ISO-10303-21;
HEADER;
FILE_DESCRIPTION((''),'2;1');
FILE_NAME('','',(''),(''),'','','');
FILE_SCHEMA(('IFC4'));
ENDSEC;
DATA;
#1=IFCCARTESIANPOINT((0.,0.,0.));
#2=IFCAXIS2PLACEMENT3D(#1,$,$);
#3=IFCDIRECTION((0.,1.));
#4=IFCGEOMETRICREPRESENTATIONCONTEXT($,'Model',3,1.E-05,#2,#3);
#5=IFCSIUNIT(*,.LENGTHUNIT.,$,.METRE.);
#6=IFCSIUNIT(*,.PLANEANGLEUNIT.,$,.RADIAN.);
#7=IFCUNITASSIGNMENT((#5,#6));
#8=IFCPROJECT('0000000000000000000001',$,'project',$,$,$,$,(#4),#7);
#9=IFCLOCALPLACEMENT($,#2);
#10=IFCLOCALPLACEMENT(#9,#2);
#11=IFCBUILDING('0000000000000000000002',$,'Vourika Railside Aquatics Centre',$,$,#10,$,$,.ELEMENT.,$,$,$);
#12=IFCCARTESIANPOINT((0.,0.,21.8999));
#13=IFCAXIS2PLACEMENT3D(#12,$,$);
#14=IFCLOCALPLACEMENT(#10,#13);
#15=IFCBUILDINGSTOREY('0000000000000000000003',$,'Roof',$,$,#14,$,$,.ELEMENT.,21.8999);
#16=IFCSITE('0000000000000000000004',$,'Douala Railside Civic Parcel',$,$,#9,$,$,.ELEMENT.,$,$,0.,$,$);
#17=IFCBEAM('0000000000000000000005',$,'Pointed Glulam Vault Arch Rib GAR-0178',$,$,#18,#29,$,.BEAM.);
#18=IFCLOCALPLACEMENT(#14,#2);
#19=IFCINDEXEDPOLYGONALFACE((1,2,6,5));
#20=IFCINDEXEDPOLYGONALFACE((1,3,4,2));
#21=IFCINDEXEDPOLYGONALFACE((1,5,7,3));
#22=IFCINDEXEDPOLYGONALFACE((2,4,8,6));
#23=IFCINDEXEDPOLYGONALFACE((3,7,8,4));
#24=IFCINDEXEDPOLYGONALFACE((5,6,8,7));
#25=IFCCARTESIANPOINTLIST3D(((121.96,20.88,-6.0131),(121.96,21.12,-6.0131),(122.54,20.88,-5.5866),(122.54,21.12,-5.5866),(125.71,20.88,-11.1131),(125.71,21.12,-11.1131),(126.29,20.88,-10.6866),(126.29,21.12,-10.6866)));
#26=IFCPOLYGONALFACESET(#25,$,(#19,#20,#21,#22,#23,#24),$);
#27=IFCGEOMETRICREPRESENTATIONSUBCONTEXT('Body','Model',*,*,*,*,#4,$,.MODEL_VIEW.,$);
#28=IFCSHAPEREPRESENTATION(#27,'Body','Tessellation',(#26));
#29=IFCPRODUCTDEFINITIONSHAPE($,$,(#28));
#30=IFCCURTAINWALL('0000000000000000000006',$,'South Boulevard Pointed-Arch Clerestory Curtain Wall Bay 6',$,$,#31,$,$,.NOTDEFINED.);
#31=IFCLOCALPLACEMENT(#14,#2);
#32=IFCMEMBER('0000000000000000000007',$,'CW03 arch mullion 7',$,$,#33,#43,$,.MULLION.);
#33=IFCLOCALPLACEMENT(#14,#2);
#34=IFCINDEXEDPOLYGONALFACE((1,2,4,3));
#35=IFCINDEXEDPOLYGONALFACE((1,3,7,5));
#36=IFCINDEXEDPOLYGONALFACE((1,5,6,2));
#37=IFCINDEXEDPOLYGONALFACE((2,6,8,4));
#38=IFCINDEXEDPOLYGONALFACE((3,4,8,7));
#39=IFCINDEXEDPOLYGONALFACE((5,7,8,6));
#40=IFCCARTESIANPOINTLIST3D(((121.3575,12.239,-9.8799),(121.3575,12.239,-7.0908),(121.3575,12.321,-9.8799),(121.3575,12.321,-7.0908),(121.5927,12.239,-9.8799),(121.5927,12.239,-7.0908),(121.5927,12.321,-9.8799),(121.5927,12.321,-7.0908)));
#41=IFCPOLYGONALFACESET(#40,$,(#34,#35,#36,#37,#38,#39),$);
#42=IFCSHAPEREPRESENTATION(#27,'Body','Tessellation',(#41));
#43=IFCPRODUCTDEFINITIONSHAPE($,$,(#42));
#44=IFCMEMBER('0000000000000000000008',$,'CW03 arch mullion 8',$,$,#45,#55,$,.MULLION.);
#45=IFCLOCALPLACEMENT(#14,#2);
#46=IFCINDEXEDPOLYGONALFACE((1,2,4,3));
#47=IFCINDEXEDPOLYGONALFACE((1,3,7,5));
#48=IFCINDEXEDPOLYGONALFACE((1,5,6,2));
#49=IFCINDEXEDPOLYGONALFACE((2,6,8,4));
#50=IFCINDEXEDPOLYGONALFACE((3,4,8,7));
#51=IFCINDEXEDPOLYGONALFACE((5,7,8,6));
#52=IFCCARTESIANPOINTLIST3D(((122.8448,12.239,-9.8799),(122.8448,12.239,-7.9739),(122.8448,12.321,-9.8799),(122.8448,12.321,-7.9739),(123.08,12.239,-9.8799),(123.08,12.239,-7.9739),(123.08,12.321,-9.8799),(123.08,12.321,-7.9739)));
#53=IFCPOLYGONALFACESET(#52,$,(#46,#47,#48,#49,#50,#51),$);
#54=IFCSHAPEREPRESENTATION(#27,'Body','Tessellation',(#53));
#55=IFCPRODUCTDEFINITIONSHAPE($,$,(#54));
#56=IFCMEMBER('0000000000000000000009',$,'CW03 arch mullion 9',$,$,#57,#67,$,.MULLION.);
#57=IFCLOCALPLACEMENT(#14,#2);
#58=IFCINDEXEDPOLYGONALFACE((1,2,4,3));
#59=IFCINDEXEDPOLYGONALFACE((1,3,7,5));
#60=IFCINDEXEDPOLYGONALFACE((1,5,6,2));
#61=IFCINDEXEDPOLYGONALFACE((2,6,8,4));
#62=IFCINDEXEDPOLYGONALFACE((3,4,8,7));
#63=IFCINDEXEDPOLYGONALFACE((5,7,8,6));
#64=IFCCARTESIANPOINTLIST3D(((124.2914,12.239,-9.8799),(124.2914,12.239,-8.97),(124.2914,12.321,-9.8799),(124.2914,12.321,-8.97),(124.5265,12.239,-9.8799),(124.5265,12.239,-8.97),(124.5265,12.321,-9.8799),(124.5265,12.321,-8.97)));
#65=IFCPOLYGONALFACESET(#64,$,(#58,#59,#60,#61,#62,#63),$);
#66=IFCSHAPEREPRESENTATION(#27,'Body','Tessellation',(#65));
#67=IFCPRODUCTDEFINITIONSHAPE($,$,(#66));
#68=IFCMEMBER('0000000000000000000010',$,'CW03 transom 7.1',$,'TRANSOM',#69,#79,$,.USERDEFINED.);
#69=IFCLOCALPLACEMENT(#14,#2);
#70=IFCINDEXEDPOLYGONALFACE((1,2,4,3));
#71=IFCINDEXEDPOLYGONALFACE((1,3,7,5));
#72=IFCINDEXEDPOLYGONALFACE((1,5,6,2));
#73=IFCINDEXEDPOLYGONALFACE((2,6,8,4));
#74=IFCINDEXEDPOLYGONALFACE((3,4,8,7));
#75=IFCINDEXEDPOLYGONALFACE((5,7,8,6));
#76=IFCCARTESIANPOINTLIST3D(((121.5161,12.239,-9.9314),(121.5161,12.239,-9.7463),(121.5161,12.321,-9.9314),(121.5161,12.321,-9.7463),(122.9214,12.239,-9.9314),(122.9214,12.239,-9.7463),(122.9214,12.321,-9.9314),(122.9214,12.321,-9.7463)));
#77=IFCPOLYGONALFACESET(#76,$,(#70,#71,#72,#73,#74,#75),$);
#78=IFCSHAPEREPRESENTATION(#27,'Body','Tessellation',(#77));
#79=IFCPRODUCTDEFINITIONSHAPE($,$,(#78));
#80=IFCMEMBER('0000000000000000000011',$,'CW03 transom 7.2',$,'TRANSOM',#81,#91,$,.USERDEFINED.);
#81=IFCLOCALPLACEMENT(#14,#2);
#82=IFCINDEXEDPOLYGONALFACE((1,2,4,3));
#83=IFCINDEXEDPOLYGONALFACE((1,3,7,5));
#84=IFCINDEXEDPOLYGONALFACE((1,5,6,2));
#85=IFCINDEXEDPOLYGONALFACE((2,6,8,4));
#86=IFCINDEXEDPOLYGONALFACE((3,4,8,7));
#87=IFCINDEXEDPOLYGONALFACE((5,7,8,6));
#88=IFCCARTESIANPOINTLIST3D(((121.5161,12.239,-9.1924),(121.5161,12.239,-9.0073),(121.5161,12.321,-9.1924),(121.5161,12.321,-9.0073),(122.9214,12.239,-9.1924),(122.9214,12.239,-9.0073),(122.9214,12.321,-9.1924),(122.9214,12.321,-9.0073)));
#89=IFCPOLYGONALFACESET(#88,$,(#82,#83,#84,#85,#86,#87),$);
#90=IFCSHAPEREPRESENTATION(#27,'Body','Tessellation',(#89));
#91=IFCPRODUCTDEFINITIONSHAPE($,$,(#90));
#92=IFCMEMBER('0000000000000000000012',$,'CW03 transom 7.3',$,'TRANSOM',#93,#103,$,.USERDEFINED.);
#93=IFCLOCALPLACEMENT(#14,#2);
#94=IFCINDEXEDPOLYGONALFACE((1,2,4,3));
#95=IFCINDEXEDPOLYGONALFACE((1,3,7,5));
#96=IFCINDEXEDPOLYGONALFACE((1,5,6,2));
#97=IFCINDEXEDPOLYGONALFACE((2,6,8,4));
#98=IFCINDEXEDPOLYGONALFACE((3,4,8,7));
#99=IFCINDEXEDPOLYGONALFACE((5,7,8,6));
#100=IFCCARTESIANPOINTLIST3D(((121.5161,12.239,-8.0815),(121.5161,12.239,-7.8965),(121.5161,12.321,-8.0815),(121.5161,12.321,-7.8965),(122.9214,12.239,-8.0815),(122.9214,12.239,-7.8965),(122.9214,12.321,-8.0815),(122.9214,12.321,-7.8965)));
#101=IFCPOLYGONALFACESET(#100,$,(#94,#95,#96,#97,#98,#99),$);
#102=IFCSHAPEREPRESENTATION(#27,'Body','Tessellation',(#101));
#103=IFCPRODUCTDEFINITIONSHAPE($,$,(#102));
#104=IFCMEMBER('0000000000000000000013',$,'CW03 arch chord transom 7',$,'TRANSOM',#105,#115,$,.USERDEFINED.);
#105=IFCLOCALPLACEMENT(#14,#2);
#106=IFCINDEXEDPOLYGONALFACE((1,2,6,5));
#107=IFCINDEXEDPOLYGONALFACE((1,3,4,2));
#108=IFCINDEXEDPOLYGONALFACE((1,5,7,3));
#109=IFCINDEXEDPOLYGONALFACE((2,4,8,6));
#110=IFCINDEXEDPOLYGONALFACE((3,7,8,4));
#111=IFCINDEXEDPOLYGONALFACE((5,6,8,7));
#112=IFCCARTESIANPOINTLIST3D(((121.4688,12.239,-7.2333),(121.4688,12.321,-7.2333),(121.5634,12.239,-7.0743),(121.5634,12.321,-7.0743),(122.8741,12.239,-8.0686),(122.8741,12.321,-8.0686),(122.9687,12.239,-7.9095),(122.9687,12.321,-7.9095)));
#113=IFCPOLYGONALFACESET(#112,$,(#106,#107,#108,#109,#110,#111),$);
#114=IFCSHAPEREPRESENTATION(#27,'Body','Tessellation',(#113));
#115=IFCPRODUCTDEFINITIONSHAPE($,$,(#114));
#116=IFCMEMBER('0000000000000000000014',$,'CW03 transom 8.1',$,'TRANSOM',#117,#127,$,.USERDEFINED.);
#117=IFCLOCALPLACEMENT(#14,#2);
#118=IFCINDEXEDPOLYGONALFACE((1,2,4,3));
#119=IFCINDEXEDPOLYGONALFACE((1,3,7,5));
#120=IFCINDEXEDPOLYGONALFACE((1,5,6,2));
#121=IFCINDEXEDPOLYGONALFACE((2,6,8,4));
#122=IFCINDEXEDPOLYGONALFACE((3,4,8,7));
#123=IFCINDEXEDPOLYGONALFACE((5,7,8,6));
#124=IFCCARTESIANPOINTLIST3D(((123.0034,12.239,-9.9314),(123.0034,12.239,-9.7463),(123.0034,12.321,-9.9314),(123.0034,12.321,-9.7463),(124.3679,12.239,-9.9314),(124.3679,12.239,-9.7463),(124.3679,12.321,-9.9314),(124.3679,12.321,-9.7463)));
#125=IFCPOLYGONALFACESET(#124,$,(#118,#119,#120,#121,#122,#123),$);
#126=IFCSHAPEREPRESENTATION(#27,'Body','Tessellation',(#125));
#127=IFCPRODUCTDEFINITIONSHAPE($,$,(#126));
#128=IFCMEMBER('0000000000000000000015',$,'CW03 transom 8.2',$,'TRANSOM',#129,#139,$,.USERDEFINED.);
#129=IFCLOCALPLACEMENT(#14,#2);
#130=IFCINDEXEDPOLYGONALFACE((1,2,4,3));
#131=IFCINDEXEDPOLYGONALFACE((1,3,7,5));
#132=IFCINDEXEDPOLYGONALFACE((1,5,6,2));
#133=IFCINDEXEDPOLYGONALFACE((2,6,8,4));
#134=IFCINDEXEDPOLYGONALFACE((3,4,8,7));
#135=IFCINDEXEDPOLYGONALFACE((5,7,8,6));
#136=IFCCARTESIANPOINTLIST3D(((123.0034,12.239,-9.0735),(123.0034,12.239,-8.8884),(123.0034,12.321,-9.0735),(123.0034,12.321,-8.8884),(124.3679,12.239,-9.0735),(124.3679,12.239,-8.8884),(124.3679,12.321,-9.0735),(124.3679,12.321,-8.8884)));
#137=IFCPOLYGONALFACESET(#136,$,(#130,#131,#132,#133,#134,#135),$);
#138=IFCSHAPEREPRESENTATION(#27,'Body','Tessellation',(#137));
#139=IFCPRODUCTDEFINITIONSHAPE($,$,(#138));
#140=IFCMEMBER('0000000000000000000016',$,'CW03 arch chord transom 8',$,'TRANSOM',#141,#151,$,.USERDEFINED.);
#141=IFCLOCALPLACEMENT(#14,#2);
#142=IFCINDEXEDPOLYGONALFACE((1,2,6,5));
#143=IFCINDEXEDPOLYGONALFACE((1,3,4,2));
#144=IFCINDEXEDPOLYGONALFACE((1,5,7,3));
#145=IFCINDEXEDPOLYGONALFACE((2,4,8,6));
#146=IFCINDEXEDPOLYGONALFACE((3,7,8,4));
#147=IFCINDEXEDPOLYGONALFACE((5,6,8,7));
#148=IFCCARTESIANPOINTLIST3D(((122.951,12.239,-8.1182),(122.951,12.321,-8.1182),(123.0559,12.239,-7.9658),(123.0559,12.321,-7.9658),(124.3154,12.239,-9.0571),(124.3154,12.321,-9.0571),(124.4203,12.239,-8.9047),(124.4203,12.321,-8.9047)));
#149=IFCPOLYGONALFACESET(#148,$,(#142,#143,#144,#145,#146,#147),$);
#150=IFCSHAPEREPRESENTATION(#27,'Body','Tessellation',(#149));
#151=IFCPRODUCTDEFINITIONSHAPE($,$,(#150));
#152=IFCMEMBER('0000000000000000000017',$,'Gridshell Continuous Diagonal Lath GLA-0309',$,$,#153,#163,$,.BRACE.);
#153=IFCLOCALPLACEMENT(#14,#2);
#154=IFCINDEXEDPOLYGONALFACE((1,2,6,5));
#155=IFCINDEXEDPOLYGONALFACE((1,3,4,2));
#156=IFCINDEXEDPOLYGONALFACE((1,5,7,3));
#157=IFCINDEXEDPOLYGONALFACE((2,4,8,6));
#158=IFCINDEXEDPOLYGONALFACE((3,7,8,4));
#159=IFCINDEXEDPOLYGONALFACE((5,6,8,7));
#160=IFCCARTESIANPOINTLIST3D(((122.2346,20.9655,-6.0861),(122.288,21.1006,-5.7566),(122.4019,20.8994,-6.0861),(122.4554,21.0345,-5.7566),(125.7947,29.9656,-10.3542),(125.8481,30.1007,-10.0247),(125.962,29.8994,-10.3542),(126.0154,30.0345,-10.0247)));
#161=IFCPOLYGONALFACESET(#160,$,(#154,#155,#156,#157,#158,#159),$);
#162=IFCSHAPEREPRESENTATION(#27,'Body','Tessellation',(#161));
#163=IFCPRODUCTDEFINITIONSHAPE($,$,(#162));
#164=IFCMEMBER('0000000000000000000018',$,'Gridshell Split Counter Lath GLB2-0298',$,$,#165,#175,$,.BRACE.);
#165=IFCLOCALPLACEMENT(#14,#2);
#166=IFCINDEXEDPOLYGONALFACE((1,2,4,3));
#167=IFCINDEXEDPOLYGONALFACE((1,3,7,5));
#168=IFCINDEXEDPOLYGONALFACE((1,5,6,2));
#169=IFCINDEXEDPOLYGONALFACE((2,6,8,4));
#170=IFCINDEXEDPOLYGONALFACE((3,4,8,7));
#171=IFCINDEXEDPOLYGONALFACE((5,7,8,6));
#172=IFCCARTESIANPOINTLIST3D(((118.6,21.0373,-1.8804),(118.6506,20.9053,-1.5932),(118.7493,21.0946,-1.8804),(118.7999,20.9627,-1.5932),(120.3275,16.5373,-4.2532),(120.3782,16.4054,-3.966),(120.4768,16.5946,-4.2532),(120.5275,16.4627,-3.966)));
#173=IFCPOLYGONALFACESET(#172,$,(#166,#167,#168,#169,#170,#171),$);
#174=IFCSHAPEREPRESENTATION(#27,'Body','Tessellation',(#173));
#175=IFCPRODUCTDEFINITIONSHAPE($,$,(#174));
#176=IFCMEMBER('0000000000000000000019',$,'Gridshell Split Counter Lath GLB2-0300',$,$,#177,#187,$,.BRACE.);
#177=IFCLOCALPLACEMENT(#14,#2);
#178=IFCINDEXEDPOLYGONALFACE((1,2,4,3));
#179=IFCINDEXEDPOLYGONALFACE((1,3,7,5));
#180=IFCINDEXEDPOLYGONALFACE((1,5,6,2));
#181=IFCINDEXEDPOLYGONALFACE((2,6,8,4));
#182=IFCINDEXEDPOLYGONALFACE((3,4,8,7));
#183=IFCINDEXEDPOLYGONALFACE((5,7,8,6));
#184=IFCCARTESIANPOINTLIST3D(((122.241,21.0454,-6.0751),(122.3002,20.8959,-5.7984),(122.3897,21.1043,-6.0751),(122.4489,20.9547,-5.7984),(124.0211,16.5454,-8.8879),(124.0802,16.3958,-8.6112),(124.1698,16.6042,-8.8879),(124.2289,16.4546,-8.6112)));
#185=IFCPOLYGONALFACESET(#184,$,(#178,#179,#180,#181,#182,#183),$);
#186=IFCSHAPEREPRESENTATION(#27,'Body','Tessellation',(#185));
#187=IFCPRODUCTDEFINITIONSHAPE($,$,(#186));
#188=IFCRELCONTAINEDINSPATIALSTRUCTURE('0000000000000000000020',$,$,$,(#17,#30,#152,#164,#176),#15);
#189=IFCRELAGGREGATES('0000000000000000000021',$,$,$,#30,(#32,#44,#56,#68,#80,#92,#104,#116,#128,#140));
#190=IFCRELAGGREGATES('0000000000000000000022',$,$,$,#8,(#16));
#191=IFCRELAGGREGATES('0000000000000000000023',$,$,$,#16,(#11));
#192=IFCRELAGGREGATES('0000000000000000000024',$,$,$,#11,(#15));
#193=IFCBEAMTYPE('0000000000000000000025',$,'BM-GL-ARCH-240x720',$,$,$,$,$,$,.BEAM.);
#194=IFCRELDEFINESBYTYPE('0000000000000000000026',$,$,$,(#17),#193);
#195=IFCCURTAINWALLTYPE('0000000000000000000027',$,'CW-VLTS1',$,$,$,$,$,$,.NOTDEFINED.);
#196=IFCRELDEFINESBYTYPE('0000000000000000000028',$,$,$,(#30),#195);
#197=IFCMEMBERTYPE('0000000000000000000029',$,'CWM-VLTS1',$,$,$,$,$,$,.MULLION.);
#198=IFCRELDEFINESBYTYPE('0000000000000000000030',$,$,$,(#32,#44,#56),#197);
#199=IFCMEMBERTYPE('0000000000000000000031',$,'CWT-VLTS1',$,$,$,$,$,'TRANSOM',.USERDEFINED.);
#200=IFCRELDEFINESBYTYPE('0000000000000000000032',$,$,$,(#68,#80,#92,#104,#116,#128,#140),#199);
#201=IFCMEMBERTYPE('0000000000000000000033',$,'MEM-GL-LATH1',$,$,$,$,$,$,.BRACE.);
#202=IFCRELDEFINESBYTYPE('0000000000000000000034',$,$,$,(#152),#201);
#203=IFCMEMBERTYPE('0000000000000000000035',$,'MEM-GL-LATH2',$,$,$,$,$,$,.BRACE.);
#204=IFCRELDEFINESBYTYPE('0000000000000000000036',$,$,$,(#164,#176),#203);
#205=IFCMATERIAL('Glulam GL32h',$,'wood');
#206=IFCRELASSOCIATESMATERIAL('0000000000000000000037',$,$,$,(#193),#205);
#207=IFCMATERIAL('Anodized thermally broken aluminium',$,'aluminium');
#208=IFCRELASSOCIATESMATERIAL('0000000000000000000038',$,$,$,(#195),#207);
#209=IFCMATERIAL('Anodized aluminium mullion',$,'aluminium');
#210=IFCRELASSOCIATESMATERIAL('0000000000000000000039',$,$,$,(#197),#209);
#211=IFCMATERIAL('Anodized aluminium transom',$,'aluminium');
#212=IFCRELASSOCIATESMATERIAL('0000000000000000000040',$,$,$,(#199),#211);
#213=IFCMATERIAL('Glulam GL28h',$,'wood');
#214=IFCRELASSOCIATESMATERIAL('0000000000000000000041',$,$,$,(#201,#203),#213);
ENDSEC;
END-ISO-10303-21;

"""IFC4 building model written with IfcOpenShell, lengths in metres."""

from ifc_helpers import new_model, si_unit, direction, frame, origin, origin_2d, place, context, subcontext, project, spatial, rectangle, extrude, material, material_profile, profile_set, type_object, element, aggregate, save


model = new_model("IFC4")

# Units and contexts
model_context = context("Model", 3, precision=1e-05, world=origin(), true_north=direction((0.0, 1.0)))
body_context = subcontext(model_context, "Body", "Model", "MODEL_VIEW")
ifc_project = project(units=[si_unit("LENGTHUNIT", "METRE"), si_unit("PLANEANGLEUNIT", "RADIAN")], contexts=[model_context])

# Site, building, storey
site_placement = place(None, origin())
site = spatial("IfcSite", under=ifc_project, at=site_placement, Name="Douala Railside Civic Parcel", CompositionType="ELEMENT", RefElevation=0.0)
building_placement = place(site_placement, origin())
building = spatial("IfcBuilding", under=site, at=building_placement, Name="Vourika Railside Aquatics Centre", CompositionType="ELEMENT")
storey_placement = place(building_placement, frame((0.0, 0.0, 21.8999)))
storey = spatial("IfcBuildingStorey", under=building, at=storey_placement, Name="Roof", CompositionType="ELEMENT", Elevation=21.8999)

# Beam
ifc_material_1 = material(Name="Glulam GL32h", Category="wood")
ifc_material_profile_1 = material_profile(ifc_material_1, rectangle(XDim=0.24, YDim=0.72, at=origin_2d()), Name="GL32h 240x720")
ifc_profile_set_1 = profile_set([ifc_material_profile_1], Name="Glulam GL32h")
beam_type = type_object("IfcBeamType", Name="BM-GL-ARCH-240x720", PredefinedType="BEAM", material=ifc_profile_set_1)
beam_placement = place(storey_placement, frame((122.25, 21.0, -5.7998), z_axis=(0.592383, 0.0, -0.805656), x_axis=(0.0, 1.0, 0.0)))
element("IfcBeam", 1, at=beam_placement, inside=storey, type_object=beam_type, Name="Pointed Glulam Vault Arch Rib GAR-0178", PredefinedType="BEAM", context=body_context, shape_type="SweptSolid", body=[
    extrude(rectangle(XDim=0.24, YDim=0.72, at=origin_2d()), origin(), (0.0, 0.0, 1.0), 6.3303),
])

# Curtain wall, members
ifc_material_2 = material(Name="Anodized thermally broken aluminium", Category="aluminium")
curtain_wall_type = type_object("IfcCurtainWallType", Name="CW-VLTS1", PredefinedType="NOTDEFINED", material=ifc_material_2)
curtain_wall_placement = place(storey_placement, origin())
curtain_wall = element("IfcCurtainWall", 2, at=curtain_wall_placement, inside=storey, type_object=curtain_wall_type, Name="South Boulevard Pointed-Arch Clerestory Curtain Wall Bay 6", PredefinedType="NOTDEFINED")
ifc_material_3 = material(Name="Anodized aluminium mullion", Category="aluminium")
ifc_material_profile_2 = material_profile(ifc_material_3, rectangle(XDim=0.082, YDim=0.2351, at=origin_2d()), Name="ALU-M 82x235")
ifc_profile_set_2 = profile_set([ifc_material_profile_2], Name="Anodized aluminium mullion")
member_type_1 = type_object("IfcMemberType", Name="CWM-VLTS1", PredefinedType="MULLION", material=ifc_profile_set_2)
member_1_placement = place(storey_placement, frame((121.4751, 12.28, -9.8799), z_axis=(0.0, 0.0, 1.0), x_axis=(0.0, 1.0, 0.0)))
member_1 = element("IfcMember", 3, at=member_1_placement, type_object=member_type_1, Name="CW03 arch mullion 7", PredefinedType="MULLION", context=body_context, shape_type="SweptSolid", body=[
    extrude(rectangle(XDim=0.082, YDim=0.2351, at=origin_2d()), origin(), (0.0, 0.0, 1.0), 2.7891),
])
member_2_placement = place(storey_placement, frame((122.9624, 12.28, -9.8799), z_axis=(0.0, 0.0, 1.0), x_axis=(0.0, 1.0, 0.0)))
member_2 = element("IfcMember", 4, at=member_2_placement, type_object=member_type_1, Name="CW03 arch mullion 8", PredefinedType="MULLION", context=body_context, shape_type="SweptSolid", body=[
    extrude(rectangle(XDim=0.082, YDim=0.2351, at=origin_2d()), origin(), (0.0, 0.0, 1.0), 1.906),
])
member_3_placement = place(storey_placement, frame((124.4089, 12.28, -9.8799), z_axis=(0.0, 0.0, 1.0), x_axis=(0.0, 1.0, 0.0)))
member_3 = element("IfcMember", 5, at=member_3_placement, type_object=member_type_1, Name="CW03 arch mullion 9", PredefinedType="MULLION", context=body_context, shape_type="SweptSolid", body=[
    extrude(rectangle(XDim=0.082, YDim=0.2351, at=origin_2d()), origin(), (0.0, 0.0, 1.0), 0.9099),
])
ifc_material_4 = material(Name="Anodized aluminium transom", Category="aluminium")
ifc_material_profile_3 = material_profile(ifc_material_4, rectangle(XDim=0.082, YDim=0.1851, at=origin_2d()), Name="ALU-T 82x185")
ifc_profile_set_3 = profile_set([ifc_material_profile_3], Name="Anodized aluminium transom")
member_type_2 = type_object("IfcMemberType", Name="CWT-VLTS1", ElementType="TRANSOM", PredefinedType="USERDEFINED", material=ifc_profile_set_3)
member_4_placement = place(storey_placement, frame((121.5161, 12.28, -9.8389), z_axis=(1.0, 0.0, 0.0), x_axis=(0.0, 1.0, 0.0)))
member_4 = element("IfcMember", 6, at=member_4_placement, type_object=member_type_2, Name="CW03 transom 7.1", ObjectType="TRANSOM", PredefinedType="USERDEFINED", context=body_context, shape_type="SweptSolid", body=[
    extrude(rectangle(XDim=0.082, YDim=0.1851, at=origin_2d()), origin(), (0.0, 0.0, 1.0), 1.4053),
])
member_5_placement = place(storey_placement, frame((121.5161, 12.28, -9.0999), z_axis=(1.0, 0.0, 0.0), x_axis=(0.0, 1.0, 0.0)))
member_5 = element("IfcMember", 7, at=member_5_placement, type_object=member_type_2, Name="CW03 transom 7.2", ObjectType="TRANSOM", PredefinedType="USERDEFINED", context=body_context, shape_type="SweptSolid", body=[
    extrude(rectangle(XDim=0.082, YDim=0.1851, at=origin_2d()), origin(), (0.0, 0.0, 1.0), 1.4053),
])
member_6_placement = place(storey_placement, frame((121.5161, 12.28, -7.989), z_axis=(1.0, 0.0, 0.0), x_axis=(0.0, 1.0, 0.0)))
member_6 = element("IfcMember", 8, at=member_6_placement, type_object=member_type_2, Name="CW03 transom 7.3", ObjectType="TRANSOM", PredefinedType="USERDEFINED", context=body_context, shape_type="SweptSolid", body=[
    extrude(rectangle(XDim=0.082, YDim=0.1851, at=origin_2d()), origin(), (0.0, 0.0, 1.0), 1.4053),
])
member_7_placement = place(storey_placement, frame((121.5161, 12.28, -7.1538), z_axis=(0.859633, 0.0, -0.510911), x_axis=(0.0, 1.0, 0.0)))
member_7 = element("IfcMember", 9, at=member_7_placement, type_object=member_type_2, Name="CW03 arch chord transom 7", ObjectType="TRANSOM", PredefinedType="USERDEFINED", context=body_context, shape_type="SweptSolid", body=[
    extrude(rectangle(XDim=0.082, YDim=0.1851, at=origin_2d()), origin(), (0.0, 0.0, 1.0), 1.6348),
])
member_8_placement = place(storey_placement, frame((123.0034, 12.28, -9.8389), z_axis=(1.0, 0.0, 0.0), x_axis=(0.0, 1.0, 0.0)))
member_8 = element("IfcMember", 10, at=member_8_placement, type_object=member_type_2, Name="CW03 transom 8.1", ObjectType="TRANSOM", PredefinedType="USERDEFINED", context=body_context, shape_type="SweptSolid", body=[
    extrude(rectangle(XDim=0.082, YDim=0.1851, at=origin_2d()), origin(), (0.0, 0.0, 1.0), 1.3645),
])
member_9_placement = place(storey_placement, frame((123.0034, 12.28, -8.981), z_axis=(1.0, 0.0, 0.0), x_axis=(0.0, 1.0, 0.0)))
member_9 = element("IfcMember", 11, at=member_9_placement, type_object=member_type_2, Name="CW03 transom 8.2", ObjectType="TRANSOM", PredefinedType="USERDEFINED", context=body_context, shape_type="SweptSolid", body=[
    extrude(rectangle(XDim=0.082, YDim=0.1851, at=origin_2d()), origin(), (0.0, 0.0, 1.0), 1.3645),
])
member_10_placement = place(storey_placement, frame((123.0034, 12.28, -8.042), z_axis=(0.823797, 0.0, -0.566885), x_axis=(0.0, 1.0, 0.0)))
member_10 = element("IfcMember", 12, at=member_10_placement, type_object=member_type_2, Name="CW03 arch chord transom 8", ObjectType="TRANSOM", PredefinedType="USERDEFINED", context=body_context, shape_type="SweptSolid", body=[
    extrude(rectangle(XDim=0.082, YDim=0.1851, at=origin_2d()), origin(), (0.0, 0.0, 1.0), 1.6562),
])

# Members
ifc_material_5 = material(Name="Glulam GL28h", Category="wood")
ifc_material_profile_4 = material_profile(ifc_material_5, rectangle(XDim=0.1799, YDim=0.3601, at=origin_2d()), Name="GL28h 180x360")
ifc_profile_set_4 = profile_set([ifc_material_profile_4], Name="Glulam GL28h")
member_type_3 = type_object("IfcMemberType", Name="MEM-GL-LATH1", PredefinedType="BRACE", material=ifc_profile_set_4)
member_11_placement = place(storey_placement, frame((122.345, 21.0, -5.9214), z_axis=(0.336559, 0.850836, -0.403492), x_axis=(-0.929893, 0.36783, 0.0)))
element("IfcMember", 13, at=member_11_placement, inside=storey, type_object=member_type_3, Name="Gridshell Continuous Diagonal Lath GLA-0309", PredefinedType="BRACE", context=body_context, shape_type="SweptSolid", body=[
    extrude(rectangle(XDim=0.1799, YDim=0.3601, at=origin_2d()), origin(), (0.0, 0.0, 1.0), 10.5779),
])
ifc_material_profile_5 = material_profile(ifc_material_5, rectangle(XDim=0.1599, YDim=0.3201, at=origin_2d()), Name="GL28h 160x320")
ifc_profile_set_5 = profile_set([ifc_material_profile_5], Name="Glulam GL28h")
member_type_4 = type_object("IfcMemberType", Name="MEM-GL-LATH2", PredefinedType="BRACE", material=ifc_profile_set_5)
member_12_placement = place(storey_placement, frame((120.4275, 16.5, -4.1096), z_axis=(-0.321548, 0.837587, 0.441651), x_axis=(-0.93357, -0.358395, 0.0)))
element("IfcMember", 14, at=member_12_placement, inside=storey, type_object=member_type_4, Name="Gridshell Split Counter Lath GLB2-0298", PredefinedType="BRACE", context=body_context, shape_type="SweptSolid", body=[
    extrude(rectangle(XDim=0.1599, YDim=0.3201, at=origin_2d()), origin(), (0.0, 0.0, 1.0), 5.3726),
])
member_13_placement = place(storey_placement, frame((124.125, 16.5, -8.7495), z_axis=(-0.318014, 0.803956, 0.502516), x_axis=(-0.929893, -0.36783, 0.0)))
element("IfcMember", 15, at=member_13_placement, inside=storey, type_object=member_type_4, Name="Gridshell Split Counter Lath GLB2-0300", PredefinedType="BRACE", context=body_context, shape_type="SweptSolid", body=[
    extrude(rectangle(XDim=0.1599, YDim=0.3201, at=origin_2d()), origin(), (0.0, 0.0, 1.0), 5.5974),
])

aggregate(curtain_wall, [member_1, member_2, member_3, member_4, member_5, member_6, member_7, member_8, member_9, member_10])

save(model, "model.ifc")
